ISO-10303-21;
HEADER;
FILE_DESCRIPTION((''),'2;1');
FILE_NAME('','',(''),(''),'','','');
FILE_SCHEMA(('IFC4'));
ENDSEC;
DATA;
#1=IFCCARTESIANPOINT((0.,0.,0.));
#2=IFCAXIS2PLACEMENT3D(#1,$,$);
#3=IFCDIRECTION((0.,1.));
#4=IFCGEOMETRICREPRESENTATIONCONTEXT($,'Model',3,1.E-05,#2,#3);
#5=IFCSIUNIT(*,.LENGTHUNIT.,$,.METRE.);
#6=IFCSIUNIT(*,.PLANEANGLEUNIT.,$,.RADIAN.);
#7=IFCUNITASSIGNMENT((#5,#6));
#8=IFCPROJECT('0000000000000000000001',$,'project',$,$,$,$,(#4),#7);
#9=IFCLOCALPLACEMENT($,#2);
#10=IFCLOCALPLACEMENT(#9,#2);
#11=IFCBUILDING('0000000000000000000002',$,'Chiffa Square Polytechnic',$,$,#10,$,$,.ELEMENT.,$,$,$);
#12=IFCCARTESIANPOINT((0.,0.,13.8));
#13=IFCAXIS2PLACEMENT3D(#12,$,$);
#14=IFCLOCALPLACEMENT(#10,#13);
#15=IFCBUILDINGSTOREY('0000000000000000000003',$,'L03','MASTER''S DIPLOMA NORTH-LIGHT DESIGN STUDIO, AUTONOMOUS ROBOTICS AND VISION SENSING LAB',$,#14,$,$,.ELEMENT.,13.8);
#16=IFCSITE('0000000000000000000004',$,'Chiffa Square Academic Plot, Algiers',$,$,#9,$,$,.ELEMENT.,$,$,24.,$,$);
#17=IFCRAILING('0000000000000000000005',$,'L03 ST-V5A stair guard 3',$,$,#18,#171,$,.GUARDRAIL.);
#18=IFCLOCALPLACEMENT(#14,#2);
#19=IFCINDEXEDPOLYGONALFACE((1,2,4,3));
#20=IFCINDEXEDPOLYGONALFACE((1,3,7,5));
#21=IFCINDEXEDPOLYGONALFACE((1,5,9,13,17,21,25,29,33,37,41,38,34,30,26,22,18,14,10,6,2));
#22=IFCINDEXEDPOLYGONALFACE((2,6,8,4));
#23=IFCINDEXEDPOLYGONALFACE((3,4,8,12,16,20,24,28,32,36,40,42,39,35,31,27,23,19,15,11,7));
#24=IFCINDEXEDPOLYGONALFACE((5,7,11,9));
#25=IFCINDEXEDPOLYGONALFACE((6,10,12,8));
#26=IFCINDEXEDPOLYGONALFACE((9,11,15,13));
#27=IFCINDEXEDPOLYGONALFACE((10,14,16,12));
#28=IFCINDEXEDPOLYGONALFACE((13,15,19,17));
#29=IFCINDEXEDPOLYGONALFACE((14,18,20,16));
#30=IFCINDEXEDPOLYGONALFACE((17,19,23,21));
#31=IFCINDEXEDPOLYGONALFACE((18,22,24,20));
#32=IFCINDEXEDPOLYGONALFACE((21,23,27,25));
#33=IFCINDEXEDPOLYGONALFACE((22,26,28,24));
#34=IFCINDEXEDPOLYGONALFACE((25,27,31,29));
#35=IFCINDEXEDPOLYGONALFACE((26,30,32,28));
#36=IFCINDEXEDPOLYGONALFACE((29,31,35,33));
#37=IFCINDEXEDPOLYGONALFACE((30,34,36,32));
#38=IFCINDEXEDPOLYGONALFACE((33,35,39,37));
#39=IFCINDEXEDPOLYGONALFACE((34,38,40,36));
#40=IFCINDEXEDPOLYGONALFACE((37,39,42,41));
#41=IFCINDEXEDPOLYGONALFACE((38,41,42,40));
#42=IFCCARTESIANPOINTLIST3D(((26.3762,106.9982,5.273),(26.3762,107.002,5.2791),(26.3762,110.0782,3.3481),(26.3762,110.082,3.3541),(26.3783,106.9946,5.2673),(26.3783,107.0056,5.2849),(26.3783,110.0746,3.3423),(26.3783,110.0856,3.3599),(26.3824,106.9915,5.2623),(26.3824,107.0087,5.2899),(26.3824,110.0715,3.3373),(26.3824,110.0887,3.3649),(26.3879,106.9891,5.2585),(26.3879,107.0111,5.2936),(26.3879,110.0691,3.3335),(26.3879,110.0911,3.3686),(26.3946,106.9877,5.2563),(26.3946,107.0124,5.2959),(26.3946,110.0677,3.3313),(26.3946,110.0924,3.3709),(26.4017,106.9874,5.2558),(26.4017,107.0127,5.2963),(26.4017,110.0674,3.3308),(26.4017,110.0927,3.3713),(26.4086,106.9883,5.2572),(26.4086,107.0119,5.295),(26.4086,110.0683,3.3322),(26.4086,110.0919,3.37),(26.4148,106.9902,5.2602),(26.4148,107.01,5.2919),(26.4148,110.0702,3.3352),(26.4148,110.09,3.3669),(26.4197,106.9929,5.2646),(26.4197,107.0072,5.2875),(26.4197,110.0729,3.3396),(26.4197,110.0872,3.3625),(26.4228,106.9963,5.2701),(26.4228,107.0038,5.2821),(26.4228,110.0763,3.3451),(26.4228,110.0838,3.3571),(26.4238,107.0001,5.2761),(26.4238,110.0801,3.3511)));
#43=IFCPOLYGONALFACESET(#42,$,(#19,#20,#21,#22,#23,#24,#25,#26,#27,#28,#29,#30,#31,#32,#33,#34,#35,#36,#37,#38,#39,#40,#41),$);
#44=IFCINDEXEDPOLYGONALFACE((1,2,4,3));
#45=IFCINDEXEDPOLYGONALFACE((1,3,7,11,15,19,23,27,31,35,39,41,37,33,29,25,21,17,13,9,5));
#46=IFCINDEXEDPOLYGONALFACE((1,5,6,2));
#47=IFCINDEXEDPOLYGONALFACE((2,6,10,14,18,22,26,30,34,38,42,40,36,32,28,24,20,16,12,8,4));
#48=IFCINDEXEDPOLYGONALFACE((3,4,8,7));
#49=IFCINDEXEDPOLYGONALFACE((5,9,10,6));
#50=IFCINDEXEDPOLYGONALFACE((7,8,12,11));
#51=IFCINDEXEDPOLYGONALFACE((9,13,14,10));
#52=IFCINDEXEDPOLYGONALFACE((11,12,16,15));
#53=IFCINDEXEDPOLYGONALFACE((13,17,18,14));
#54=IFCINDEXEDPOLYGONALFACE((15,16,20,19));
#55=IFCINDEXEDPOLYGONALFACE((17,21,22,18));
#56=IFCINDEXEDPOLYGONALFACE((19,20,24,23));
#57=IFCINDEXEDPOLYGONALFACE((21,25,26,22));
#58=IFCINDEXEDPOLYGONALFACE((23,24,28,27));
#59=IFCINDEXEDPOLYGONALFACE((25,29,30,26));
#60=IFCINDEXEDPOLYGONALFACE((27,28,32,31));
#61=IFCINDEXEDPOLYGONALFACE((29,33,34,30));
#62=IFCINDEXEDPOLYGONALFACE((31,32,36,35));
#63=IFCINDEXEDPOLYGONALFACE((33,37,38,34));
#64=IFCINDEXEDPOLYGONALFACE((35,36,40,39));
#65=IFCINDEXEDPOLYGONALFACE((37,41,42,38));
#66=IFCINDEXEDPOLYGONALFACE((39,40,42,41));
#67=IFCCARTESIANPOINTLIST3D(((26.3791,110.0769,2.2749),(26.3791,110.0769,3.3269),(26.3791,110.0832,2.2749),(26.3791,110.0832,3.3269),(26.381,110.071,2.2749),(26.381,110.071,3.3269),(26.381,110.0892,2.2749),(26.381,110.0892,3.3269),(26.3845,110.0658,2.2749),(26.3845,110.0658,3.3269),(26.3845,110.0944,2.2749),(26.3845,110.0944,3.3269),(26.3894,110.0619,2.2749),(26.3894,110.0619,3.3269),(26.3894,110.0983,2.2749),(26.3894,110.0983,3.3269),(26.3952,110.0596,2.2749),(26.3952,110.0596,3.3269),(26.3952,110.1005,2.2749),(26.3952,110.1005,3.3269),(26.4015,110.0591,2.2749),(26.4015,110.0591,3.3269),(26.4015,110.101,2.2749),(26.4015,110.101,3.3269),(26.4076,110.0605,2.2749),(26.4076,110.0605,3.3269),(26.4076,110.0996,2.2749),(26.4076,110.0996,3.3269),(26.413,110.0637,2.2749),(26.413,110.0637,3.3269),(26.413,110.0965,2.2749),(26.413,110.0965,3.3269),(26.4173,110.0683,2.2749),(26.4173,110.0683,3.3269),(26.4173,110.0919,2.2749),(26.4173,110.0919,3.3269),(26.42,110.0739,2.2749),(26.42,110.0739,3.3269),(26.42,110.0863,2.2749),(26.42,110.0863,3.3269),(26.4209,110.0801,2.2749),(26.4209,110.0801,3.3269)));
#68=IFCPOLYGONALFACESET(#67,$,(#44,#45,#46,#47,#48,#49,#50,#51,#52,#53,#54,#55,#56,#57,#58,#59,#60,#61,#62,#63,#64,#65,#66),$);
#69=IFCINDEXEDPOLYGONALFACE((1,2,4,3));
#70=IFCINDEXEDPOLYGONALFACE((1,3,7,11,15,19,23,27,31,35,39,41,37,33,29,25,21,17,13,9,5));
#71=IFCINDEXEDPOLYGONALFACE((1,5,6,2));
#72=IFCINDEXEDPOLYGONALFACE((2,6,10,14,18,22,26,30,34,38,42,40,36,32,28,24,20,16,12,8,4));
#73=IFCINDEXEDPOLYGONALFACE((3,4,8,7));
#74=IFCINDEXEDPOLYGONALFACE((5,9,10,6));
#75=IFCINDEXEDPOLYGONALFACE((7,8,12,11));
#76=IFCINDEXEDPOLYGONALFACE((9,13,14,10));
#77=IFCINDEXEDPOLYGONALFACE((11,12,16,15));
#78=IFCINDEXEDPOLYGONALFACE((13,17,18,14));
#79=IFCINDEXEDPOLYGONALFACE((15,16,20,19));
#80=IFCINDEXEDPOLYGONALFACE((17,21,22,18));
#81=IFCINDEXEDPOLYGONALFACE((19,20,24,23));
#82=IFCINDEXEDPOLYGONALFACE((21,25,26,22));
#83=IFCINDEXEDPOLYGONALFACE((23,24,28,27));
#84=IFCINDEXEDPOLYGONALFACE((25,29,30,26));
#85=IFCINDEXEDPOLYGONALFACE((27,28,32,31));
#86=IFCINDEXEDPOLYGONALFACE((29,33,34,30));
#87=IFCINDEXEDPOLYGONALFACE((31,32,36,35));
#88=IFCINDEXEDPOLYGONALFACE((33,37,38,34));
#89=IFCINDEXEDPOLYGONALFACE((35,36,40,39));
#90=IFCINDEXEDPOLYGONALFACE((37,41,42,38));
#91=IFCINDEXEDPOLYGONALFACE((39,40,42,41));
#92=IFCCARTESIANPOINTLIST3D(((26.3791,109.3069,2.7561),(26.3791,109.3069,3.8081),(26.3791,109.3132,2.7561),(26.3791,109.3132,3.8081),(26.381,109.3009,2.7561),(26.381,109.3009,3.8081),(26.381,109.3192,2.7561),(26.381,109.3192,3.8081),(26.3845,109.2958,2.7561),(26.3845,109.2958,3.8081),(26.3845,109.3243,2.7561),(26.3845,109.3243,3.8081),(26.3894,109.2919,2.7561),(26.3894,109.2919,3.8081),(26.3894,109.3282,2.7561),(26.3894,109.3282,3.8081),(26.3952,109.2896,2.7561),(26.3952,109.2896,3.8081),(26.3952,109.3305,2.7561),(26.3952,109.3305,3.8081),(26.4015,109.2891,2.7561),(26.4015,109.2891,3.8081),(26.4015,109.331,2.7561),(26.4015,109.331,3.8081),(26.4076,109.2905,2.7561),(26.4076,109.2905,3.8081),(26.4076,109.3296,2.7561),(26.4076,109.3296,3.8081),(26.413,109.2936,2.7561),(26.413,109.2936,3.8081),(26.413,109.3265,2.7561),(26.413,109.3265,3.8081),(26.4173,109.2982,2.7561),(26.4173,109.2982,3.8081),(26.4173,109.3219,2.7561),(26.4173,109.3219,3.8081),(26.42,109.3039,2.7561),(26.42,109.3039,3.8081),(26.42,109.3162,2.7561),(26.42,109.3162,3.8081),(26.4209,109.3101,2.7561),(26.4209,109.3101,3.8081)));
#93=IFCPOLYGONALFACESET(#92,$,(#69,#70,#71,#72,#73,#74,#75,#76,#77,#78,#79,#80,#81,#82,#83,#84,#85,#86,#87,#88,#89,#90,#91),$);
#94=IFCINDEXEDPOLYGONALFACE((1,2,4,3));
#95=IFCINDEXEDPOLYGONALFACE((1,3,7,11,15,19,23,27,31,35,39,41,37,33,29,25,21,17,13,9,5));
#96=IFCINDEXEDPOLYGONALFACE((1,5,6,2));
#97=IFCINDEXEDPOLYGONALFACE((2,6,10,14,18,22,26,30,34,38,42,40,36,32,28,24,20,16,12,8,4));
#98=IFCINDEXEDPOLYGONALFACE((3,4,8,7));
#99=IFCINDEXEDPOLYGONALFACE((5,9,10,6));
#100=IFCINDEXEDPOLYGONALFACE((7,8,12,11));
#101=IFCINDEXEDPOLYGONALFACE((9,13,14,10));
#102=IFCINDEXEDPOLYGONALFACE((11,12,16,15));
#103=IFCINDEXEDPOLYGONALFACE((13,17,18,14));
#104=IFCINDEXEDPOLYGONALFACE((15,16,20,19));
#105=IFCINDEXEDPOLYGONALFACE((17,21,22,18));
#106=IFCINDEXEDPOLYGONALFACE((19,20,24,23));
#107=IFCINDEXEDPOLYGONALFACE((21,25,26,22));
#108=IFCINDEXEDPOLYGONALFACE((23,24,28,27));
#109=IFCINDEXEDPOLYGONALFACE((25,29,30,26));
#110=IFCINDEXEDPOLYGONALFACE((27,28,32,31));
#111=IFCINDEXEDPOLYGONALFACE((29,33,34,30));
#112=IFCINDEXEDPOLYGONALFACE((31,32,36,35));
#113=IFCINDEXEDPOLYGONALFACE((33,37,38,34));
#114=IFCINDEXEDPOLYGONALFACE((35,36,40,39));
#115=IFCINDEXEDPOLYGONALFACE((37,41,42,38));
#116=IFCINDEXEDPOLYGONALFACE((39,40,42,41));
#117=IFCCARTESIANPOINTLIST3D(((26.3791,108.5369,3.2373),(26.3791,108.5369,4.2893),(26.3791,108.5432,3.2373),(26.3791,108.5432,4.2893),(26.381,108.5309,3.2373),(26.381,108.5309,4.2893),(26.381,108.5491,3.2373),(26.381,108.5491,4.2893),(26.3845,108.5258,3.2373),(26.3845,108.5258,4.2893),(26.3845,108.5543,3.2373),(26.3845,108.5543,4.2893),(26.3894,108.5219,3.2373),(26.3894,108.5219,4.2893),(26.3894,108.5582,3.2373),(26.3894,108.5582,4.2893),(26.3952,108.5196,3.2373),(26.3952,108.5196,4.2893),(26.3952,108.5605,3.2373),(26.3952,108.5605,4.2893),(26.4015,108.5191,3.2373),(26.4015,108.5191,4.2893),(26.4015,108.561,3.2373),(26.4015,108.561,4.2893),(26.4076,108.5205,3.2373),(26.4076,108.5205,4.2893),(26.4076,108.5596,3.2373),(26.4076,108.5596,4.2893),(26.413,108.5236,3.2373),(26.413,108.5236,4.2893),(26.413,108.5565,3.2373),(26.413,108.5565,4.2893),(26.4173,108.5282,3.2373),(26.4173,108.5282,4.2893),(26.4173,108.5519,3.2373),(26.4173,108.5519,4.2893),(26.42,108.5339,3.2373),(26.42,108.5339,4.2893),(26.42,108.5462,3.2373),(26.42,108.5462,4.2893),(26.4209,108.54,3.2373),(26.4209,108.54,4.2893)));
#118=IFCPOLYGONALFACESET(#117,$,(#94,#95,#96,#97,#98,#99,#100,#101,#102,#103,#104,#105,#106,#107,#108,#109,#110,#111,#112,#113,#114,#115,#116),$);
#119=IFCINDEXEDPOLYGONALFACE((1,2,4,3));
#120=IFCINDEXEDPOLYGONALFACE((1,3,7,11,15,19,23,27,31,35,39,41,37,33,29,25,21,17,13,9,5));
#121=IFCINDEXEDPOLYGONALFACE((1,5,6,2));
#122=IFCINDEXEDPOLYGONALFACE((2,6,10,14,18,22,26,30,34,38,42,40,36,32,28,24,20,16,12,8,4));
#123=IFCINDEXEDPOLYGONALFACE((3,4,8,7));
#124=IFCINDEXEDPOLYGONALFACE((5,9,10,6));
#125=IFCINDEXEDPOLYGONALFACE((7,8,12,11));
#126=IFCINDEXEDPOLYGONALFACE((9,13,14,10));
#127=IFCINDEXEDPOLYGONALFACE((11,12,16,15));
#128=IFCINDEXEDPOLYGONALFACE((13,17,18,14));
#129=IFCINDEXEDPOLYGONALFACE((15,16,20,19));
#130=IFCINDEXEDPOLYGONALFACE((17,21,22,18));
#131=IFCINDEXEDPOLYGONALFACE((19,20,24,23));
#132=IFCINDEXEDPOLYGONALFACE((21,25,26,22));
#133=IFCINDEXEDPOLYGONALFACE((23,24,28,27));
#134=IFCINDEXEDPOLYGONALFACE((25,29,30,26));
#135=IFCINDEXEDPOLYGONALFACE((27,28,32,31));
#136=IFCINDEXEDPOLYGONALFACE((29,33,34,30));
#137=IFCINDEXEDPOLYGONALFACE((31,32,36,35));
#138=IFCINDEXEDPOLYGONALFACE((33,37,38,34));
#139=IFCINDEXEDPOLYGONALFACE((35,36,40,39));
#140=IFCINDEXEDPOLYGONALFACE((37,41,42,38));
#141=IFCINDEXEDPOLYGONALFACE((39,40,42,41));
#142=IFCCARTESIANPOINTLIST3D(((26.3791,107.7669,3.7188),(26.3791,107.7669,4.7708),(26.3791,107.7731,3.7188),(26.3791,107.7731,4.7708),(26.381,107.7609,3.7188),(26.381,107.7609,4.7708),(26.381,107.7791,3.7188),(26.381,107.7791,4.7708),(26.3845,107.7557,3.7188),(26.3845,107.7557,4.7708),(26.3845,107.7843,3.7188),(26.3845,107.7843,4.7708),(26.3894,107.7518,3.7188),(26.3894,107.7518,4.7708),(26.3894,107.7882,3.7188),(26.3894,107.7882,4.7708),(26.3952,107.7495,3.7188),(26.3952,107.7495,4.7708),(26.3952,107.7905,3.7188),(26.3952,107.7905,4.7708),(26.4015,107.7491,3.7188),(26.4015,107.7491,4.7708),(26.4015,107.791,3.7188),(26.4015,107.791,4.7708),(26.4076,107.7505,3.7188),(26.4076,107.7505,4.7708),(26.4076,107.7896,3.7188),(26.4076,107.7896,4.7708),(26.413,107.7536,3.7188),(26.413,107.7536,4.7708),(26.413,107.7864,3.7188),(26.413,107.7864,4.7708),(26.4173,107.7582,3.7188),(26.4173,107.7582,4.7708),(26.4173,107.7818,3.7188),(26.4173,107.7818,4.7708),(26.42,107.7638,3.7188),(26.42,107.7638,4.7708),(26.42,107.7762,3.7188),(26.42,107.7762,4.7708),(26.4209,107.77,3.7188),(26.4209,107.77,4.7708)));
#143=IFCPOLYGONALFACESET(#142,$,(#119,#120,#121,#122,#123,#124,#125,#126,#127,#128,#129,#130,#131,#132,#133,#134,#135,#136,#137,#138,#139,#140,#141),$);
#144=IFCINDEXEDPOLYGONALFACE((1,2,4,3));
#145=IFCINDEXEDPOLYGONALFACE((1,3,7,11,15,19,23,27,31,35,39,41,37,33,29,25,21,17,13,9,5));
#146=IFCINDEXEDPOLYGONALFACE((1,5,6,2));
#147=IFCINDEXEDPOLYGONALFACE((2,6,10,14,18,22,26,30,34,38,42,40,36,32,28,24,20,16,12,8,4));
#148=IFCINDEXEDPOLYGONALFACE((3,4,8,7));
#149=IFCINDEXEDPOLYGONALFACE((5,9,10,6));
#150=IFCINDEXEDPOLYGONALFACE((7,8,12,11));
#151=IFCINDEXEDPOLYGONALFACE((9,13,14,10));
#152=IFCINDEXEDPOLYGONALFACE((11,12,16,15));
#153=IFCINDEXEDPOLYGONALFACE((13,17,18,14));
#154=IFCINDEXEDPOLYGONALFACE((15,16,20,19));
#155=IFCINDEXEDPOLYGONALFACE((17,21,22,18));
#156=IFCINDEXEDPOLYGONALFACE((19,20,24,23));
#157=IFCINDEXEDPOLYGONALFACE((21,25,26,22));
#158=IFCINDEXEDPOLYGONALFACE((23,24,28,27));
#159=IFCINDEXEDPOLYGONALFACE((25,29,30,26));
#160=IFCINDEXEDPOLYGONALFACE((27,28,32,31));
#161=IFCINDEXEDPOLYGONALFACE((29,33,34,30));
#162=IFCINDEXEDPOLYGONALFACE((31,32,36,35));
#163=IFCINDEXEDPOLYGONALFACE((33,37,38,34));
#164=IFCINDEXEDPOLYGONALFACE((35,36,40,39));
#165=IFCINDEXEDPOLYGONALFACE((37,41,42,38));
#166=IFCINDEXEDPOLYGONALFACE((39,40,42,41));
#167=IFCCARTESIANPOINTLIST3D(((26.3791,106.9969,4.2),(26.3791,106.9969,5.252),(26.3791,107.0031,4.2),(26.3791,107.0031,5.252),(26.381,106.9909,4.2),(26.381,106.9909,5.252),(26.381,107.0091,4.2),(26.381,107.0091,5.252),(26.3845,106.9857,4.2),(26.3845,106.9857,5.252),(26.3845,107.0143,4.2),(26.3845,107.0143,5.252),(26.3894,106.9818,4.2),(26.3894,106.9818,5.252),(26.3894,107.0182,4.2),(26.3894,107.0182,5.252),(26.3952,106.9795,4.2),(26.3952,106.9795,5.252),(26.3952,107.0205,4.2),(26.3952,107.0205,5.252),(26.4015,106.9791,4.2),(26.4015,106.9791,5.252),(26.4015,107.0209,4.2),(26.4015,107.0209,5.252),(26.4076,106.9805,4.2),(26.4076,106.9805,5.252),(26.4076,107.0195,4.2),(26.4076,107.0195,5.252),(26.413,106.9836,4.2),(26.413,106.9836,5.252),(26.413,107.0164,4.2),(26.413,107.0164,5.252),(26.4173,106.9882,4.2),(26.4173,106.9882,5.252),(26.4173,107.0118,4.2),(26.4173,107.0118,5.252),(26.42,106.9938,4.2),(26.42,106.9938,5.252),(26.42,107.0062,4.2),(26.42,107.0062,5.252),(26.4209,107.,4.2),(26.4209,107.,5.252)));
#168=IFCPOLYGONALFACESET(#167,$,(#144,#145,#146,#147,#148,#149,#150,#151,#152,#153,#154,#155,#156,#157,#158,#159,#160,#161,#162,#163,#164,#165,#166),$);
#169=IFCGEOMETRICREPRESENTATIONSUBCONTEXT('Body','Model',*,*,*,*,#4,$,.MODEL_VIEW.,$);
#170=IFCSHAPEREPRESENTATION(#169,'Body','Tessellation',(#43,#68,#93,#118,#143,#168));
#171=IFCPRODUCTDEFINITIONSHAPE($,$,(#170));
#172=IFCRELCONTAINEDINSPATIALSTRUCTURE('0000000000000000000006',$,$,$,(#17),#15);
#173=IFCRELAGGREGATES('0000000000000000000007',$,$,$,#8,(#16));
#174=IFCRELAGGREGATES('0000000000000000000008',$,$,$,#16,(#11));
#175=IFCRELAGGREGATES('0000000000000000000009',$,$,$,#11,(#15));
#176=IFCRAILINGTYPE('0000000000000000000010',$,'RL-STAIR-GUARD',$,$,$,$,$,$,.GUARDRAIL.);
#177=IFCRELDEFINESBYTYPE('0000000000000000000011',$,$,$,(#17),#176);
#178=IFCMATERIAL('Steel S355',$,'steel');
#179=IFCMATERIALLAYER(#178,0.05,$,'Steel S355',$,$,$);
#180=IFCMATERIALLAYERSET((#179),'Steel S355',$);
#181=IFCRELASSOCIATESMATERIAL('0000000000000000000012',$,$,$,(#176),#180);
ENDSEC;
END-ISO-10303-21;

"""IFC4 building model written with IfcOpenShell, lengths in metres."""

from ifc_helpers import new_model, si_unit, direction, frame, origin, origin_2d, place, context, subcontext, project, spatial, circle, extrude, material, layer, layer_set, type_object, element, save


model = new_model("IFC4")

# Units and contexts
model_context = context("Model", 3, precision=1e-05, world=origin(), true_north=direction((0.0, 1.0)))
body_context = subcontext(model_context, "Body", "Model", "MODEL_VIEW")
ifc_project = project(units=[si_unit("LENGTHUNIT", "METRE"), si_unit("PLANEANGLEUNIT", "RADIAN")], contexts=[model_context])

# Site, building, storey
site_placement = place(None, origin())
site = spatial("IfcSite", under=ifc_project, at=site_placement, Name="Chiffa Square Academic Plot, Algiers", CompositionType="ELEMENT", RefElevation=24.0)
building_placement = place(site_placement, origin())
building = spatial("IfcBuilding", under=site, at=building_placement, Name="Chiffa Square Polytechnic", CompositionType="ELEMENT")
storey_placement = place(building_placement, frame((0.0, 0.0, 13.8)))
storey = spatial("IfcBuildingStorey", under=building, at=storey_placement, Name="L03", Description="MASTER'S DIPLOMA NORTH-LIGHT DESIGN STUDIO, AUTONOMOUS ROBOTICS AND VISION SENSING LAB", CompositionType="ELEMENT", Elevation=13.8)

# Railing
ifc_material_1 = material(Name="Steel S355", Category="steel")
ifc_layer_1 = layer(ifc_material_1, 0.05, Name="Steel S355")
ifc_layer_set_1 = layer_set([ifc_layer_1], Name="Steel S355")
railing_type_1 = type_object("IfcRailingType", Name="RL-STAIR-GUARD", PredefinedType="GUARDRAIL", material=ifc_layer_set_1)
railing_1_placement = place(storey_placement, frame((26.3999, 110.0801, 2.2749)))
element("IfcRailing", 1, at=railing_1_placement, inside=storey, type_object=railing_type_1, Name="L03 ST-V5A stair guard 3", PredefinedType="GUARDRAIL", context=body_context, shape_type="SweptSolid", body=[
    extrude(circle(Radius=0.0239, at=origin_2d()), frame((0.0, 0.0, 1.0762), z_axis=(0.0, -0.847998, 0.529999), x_axis=(1.0, 0.0, 0.0)), (0.0, 0.0, 1.0), 3.6321),
    extrude(circle(Radius=0.021, at=origin_2d()), origin(), (0.0, 0.0, 1.0), 1.052),
    extrude(circle(Radius=0.021, at=origin_2d()), frame((0.0, -0.77, 0.4812)), (0.0, 0.0, 1.0), 1.052),
    extrude(circle(Radius=0.021, at=origin_2d()), frame((0.0, -1.54, 0.9624)), (0.0, 0.0, 1.0), 1.052),
    extrude(circle(Radius=0.021, at=origin_2d()), frame((0.0, -2.3101, 1.4438)), (0.0, 0.0, 1.0), 1.052),
    extrude(circle(Radius=0.021, at=origin_2d()), frame((0.0, -3.0801, 1.925)), (0.0, 0.0, 1.0), 1.052),
])

save(model, "model.ifc")
